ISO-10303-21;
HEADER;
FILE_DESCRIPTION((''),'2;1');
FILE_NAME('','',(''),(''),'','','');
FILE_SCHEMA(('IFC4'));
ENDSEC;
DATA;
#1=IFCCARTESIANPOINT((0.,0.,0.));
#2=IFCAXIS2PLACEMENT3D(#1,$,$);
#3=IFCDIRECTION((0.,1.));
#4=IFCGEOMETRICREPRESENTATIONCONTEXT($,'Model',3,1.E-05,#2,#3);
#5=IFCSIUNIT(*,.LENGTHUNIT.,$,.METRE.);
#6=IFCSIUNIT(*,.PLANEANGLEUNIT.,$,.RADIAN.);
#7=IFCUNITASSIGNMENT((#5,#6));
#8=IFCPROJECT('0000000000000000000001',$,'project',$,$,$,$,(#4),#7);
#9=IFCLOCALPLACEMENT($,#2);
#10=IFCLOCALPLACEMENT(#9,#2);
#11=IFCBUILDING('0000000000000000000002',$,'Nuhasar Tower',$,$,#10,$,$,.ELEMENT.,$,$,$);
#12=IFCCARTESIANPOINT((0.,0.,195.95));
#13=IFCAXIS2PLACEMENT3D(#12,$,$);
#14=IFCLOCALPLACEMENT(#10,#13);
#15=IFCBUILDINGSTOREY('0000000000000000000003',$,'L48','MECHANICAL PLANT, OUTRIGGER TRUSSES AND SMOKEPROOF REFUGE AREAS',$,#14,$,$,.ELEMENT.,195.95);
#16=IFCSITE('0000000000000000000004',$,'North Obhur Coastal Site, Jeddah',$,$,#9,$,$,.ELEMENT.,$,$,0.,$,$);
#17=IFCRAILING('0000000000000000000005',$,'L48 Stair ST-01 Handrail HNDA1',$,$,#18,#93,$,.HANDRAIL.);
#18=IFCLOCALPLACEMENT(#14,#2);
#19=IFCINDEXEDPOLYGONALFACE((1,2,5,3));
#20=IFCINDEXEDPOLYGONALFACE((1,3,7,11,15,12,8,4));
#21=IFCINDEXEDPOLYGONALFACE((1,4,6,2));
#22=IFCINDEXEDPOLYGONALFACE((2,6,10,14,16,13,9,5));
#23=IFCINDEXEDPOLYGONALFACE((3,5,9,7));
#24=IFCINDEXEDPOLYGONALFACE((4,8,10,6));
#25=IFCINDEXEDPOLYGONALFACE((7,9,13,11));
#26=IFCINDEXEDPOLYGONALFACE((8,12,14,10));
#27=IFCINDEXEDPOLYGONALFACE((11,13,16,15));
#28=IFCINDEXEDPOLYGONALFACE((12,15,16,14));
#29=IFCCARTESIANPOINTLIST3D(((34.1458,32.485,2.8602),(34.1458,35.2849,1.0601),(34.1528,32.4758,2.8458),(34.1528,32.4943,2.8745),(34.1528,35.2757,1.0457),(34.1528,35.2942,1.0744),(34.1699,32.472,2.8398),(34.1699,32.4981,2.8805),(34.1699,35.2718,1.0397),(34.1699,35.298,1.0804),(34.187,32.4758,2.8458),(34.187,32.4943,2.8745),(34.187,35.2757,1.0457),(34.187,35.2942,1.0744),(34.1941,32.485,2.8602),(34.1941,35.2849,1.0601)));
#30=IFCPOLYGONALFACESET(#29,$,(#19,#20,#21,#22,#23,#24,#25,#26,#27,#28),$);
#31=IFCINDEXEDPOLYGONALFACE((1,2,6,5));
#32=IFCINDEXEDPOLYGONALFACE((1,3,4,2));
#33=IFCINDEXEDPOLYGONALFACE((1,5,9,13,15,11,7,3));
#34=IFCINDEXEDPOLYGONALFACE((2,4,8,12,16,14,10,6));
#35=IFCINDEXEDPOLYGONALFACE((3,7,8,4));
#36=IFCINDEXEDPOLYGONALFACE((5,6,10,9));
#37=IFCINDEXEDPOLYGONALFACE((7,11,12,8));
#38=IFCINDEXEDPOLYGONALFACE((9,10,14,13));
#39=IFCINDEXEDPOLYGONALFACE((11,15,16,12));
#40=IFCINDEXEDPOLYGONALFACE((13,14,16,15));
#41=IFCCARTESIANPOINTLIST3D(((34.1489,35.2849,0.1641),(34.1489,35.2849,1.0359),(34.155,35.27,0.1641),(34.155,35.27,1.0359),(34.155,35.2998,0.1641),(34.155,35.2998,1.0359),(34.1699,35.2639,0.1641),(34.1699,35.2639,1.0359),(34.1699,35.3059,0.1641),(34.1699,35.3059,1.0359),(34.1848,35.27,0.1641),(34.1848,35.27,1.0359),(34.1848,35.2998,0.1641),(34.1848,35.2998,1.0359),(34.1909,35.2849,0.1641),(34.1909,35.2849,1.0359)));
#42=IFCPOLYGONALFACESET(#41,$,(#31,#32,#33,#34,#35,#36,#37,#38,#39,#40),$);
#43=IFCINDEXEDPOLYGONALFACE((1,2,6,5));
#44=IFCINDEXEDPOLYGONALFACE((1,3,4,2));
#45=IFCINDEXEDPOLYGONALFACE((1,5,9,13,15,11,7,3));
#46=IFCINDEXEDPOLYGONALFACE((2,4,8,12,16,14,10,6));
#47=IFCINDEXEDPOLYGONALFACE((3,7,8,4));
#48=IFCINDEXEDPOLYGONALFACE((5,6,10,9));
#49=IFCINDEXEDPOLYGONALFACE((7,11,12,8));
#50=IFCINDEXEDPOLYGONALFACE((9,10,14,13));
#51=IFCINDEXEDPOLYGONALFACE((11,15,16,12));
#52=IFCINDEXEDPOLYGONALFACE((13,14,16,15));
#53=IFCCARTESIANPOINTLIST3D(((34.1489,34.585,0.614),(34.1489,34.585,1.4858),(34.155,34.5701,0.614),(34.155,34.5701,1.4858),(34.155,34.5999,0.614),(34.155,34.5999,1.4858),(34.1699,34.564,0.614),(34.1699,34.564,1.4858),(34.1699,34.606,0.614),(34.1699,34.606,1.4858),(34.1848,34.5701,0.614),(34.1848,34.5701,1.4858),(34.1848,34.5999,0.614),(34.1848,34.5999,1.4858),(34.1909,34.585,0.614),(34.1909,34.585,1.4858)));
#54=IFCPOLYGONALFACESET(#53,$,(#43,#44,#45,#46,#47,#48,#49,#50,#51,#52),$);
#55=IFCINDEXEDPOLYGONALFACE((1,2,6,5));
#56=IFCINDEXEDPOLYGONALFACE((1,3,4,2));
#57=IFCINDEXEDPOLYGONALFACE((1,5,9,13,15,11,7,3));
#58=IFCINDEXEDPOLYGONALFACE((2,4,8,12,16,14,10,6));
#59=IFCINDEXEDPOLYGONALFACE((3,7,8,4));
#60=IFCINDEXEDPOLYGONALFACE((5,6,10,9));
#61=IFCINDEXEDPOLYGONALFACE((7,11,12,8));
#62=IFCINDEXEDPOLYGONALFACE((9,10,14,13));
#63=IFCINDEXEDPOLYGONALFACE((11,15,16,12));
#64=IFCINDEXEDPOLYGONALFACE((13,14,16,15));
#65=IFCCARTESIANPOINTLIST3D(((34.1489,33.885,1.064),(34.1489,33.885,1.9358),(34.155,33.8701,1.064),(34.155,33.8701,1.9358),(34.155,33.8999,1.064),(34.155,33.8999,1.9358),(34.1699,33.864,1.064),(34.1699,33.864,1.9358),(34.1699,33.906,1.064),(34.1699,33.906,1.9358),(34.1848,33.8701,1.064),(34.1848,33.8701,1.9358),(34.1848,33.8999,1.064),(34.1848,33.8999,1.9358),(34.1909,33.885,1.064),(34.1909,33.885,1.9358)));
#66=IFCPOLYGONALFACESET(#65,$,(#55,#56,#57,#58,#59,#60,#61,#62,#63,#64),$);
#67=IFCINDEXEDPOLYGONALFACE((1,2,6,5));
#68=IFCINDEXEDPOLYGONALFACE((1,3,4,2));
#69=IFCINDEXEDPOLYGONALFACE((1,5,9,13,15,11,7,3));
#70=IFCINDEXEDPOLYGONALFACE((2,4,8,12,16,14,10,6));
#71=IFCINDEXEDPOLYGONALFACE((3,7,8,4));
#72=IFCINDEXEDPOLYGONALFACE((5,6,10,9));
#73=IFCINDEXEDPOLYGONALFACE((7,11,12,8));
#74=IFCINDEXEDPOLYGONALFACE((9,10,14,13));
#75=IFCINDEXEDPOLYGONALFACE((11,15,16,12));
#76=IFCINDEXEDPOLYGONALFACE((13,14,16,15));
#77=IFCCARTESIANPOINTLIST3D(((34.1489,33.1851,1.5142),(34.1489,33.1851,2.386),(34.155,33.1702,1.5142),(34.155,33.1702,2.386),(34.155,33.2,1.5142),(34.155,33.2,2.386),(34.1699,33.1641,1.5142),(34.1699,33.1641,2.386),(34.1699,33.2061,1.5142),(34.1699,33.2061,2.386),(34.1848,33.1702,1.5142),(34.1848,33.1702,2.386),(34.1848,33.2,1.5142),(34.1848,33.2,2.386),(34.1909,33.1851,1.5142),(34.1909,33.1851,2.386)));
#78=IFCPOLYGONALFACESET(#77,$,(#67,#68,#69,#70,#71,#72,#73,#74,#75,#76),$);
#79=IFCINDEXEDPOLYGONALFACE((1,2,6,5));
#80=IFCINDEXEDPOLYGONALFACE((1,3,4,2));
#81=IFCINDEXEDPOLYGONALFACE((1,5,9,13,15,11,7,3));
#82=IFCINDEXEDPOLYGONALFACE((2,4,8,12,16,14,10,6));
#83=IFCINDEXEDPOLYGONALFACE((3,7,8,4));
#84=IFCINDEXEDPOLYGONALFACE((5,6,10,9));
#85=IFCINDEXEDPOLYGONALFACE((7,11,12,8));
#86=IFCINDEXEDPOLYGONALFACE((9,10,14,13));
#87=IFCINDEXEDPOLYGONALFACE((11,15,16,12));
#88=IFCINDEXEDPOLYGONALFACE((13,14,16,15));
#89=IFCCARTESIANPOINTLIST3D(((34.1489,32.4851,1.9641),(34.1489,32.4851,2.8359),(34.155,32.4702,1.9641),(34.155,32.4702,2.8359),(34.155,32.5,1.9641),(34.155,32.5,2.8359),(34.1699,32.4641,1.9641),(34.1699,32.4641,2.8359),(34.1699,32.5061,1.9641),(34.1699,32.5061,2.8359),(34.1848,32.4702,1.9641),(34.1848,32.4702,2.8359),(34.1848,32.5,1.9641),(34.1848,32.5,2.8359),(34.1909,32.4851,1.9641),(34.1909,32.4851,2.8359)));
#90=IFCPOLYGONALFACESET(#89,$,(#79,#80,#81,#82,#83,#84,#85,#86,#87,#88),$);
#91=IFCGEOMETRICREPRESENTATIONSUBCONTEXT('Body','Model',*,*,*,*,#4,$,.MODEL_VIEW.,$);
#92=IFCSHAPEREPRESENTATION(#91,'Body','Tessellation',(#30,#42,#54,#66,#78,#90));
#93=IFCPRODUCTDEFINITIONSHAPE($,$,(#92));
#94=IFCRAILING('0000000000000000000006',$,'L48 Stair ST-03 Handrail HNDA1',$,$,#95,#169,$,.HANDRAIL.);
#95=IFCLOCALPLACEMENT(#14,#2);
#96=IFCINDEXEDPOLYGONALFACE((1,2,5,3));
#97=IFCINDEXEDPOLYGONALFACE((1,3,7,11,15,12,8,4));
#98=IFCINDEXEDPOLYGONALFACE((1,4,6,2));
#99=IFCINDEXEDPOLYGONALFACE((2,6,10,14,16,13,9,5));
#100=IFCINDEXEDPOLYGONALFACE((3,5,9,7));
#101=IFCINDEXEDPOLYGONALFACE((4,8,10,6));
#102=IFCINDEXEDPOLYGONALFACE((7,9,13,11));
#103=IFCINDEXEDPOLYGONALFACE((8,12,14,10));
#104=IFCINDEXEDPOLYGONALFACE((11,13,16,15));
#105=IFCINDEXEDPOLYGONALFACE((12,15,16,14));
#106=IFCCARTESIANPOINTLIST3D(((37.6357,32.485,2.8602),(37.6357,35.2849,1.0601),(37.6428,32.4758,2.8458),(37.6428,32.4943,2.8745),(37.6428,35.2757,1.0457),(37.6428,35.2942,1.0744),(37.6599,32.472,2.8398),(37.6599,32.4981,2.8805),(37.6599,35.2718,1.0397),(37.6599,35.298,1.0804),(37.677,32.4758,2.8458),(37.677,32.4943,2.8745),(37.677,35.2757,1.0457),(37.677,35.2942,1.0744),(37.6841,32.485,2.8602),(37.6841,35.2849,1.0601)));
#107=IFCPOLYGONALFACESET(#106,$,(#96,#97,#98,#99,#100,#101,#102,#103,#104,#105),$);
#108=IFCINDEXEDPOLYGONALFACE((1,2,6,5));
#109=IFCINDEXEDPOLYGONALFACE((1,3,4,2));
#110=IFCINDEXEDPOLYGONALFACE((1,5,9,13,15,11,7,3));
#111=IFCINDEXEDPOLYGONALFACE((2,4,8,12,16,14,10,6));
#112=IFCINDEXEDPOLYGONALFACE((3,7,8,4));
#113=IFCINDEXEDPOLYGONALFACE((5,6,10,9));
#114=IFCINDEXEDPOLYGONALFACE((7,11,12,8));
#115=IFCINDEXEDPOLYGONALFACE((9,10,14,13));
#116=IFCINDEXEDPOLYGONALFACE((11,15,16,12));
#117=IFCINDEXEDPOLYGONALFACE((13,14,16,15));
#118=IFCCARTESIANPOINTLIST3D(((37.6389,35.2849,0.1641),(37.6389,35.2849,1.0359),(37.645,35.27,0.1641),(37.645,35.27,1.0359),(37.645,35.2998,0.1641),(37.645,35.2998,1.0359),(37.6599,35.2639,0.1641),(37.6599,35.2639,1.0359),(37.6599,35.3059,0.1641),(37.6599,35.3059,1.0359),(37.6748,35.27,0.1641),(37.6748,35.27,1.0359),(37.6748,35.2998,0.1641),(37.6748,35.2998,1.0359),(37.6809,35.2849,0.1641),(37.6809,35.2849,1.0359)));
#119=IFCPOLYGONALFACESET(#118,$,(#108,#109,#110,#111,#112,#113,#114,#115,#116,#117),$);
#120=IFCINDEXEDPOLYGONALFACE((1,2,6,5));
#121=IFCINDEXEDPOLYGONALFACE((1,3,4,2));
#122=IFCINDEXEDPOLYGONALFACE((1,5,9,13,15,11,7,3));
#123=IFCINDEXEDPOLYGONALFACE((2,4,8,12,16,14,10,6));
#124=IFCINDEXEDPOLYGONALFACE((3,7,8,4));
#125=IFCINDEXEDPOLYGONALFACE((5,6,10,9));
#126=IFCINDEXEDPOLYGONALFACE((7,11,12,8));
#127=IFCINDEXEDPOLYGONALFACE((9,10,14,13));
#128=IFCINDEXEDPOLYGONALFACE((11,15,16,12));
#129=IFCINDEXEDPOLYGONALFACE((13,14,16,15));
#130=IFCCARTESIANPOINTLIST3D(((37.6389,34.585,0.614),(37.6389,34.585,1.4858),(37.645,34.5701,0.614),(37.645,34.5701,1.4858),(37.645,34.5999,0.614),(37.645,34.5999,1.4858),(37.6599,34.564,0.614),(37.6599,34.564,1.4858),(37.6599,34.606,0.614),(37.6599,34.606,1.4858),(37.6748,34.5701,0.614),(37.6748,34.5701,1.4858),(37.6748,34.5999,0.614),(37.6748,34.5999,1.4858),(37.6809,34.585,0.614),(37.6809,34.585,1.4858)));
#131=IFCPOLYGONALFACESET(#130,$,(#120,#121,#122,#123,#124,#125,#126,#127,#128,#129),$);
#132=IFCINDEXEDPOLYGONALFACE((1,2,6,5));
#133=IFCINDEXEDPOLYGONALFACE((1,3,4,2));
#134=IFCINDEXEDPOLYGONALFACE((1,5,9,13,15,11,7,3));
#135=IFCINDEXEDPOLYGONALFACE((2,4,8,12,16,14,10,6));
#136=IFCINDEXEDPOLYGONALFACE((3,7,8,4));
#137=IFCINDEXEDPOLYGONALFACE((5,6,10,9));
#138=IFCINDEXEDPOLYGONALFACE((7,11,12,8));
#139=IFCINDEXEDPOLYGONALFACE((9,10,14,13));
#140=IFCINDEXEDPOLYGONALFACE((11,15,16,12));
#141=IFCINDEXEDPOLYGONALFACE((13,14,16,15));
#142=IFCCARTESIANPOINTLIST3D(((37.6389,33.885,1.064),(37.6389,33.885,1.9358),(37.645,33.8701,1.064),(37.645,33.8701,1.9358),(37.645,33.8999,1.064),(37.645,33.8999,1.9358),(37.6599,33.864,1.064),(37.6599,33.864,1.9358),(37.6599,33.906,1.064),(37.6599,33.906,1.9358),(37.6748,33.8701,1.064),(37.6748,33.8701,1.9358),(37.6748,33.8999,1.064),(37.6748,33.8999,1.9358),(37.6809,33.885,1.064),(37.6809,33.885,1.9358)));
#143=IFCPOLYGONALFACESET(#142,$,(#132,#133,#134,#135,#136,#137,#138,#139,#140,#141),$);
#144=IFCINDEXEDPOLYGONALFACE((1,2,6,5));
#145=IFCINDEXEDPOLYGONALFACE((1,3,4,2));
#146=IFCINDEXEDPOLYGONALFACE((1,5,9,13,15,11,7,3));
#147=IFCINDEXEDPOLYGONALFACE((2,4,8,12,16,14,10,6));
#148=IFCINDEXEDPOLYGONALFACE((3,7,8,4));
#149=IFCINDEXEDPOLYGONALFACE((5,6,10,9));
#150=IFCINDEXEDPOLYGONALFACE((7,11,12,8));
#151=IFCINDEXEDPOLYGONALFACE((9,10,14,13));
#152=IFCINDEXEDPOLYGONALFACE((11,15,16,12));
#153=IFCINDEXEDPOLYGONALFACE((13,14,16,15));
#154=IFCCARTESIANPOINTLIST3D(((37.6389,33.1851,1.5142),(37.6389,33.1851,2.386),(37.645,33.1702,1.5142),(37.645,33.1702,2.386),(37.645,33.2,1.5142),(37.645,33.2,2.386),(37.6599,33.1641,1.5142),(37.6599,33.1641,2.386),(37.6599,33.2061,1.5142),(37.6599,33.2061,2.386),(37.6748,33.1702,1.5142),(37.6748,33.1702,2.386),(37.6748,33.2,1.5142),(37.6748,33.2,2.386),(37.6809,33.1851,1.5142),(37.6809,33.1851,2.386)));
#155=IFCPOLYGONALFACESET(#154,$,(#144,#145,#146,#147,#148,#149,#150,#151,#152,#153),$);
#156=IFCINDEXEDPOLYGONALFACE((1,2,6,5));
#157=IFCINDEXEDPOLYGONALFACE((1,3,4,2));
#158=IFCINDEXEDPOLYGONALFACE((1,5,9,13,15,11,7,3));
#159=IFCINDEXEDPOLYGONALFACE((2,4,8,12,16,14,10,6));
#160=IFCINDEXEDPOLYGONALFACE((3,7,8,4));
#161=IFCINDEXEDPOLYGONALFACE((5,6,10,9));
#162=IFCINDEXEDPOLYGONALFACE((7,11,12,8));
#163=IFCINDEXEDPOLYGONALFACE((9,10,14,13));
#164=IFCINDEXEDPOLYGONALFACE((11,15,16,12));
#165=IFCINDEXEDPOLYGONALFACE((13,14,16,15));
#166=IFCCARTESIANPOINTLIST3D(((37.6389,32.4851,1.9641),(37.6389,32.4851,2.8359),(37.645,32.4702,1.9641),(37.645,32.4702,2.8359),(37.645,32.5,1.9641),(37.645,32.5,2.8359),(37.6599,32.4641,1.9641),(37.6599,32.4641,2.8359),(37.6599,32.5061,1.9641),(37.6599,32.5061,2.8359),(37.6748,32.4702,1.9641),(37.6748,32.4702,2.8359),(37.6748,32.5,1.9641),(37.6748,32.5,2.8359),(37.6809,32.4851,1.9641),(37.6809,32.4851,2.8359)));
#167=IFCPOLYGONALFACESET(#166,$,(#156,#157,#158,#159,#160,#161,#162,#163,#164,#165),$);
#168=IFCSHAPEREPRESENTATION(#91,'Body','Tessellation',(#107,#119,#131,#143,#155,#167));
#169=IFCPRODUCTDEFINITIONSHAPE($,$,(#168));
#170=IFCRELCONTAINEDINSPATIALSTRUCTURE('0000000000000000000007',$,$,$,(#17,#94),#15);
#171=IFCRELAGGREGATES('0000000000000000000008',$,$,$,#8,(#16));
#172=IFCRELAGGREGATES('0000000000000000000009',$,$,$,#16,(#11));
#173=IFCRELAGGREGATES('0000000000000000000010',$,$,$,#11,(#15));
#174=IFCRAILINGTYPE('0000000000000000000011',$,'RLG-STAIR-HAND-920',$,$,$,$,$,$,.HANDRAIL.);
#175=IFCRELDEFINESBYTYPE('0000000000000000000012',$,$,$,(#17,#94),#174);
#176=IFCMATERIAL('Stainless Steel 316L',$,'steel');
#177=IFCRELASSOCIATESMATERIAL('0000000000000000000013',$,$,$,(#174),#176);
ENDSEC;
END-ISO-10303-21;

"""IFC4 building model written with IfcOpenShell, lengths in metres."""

from ifc_helpers import new_model, si_unit, direction, frame, origin, place, context, subcontext, project, spatial, polyline, outline, extrude, material, type_object, element, save


model = new_model("IFC4")

# Units and contexts
model_context = context("Model", 3, precision=1e-05, world=origin(), true_north=direction((0.0, 1.0)))
body_context = subcontext(model_context, "Body", "Model", "MODEL_VIEW")
ifc_project = project(units=[si_unit("LENGTHUNIT", "METRE"), si_unit("PLANEANGLEUNIT", "RADIAN")], contexts=[model_context])

# Site, building, storey
site_placement = place(None, origin())
site = spatial("IfcSite", under=ifc_project, at=site_placement, Name="North Obhur Coastal Site, Jeddah", CompositionType="ELEMENT", RefElevation=0.0)
building_placement = place(site_placement, origin())
building = spatial("IfcBuilding", under=site, at=building_placement, Name="Nuhasar Tower", CompositionType="ELEMENT")
storey_placement = place(building_placement, frame((0.0, 0.0, 195.95)))
storey = spatial("IfcBuildingStorey", under=building, at=storey_placement, Name="L48", Description="MECHANICAL PLANT, OUTRIGGER TRUSSES AND SMOKEPROOF REFUGE AREAS", CompositionType="ELEMENT", Elevation=195.95)

# Railings
ifc_material_1 = material(Name="Stainless Steel 316L", Category="steel")
railing_type_1 = type_object("IfcRailingType", Name="RLG-STAIR-HAND-920", PredefinedType="HANDRAIL", material=ifc_material_1)
railing_1_placement = place(storey_placement, frame((34.1699, 35.2849, 0.1641)))
element("IfcRailing", 1, at=railing_1_placement, inside=storey, type_object=railing_type_1, Name="L48 Stair ST-01 Handrail HNDA1", PredefinedType="HANDRAIL", context=body_context, shape_type="SweptSolid", body=[
    extrude(outline(polyline([(0.0242, 0.0), (0.0171, 0.0171), (0.0, 0.0242), (-0.0171, 0.0171), (-0.0242, 0.0), (-0.0171, -0.0171), (0.0, -0.0242), (0.0171, -0.0171), (0.0242, 0.0)])), frame((0.0, 0.0, 0.896), z_axis=(0.0, -0.841155, 0.540795), x_axis=(1.0, 0.0, 0.0)), (0.0, 0.0, 1.0), 3.3286),
    extrude(outline(polyline([(0.021, 0.0), (0.0149, 0.0149), (0.0, 0.021), (-0.0149, 0.0149), (-0.021, 0.0), (-0.0149, -0.0149), (0.0, -0.021), (0.0149, -0.0149), (0.021, 0.0)])), origin(), (0.0, 0.0, 1.0), 0.8718),
    extrude(outline(polyline([(0.021, 0.0), (0.0149, 0.0149), (0.0, 0.021), (-0.0149, 0.0149), (-0.021, 0.0), (-0.0149, -0.0149), (0.0, -0.021), (0.0149, -0.0149), (0.021, 0.0)])), frame((0.0, -0.7, 0.45)), (0.0, 0.0, 1.0), 0.8718),
    extrude(outline(polyline([(0.021, 0.0), (0.0149, 0.0149), (0.0, 0.021), (-0.0149, 0.0149), (-0.021, 0.0), (-0.0149, -0.0149), (0.0, -0.021), (0.0149, -0.0149), (0.021, 0.0)])), frame((0.0, -1.3999, 0.8999)), (0.0, 0.0, 1.0), 0.8718),
    extrude(outline(polyline([(0.021, 0.0), (0.0149, 0.0149), (0.0, 0.021), (-0.0149, 0.0149), (-0.021, 0.0), (-0.0149, -0.0149), (0.0, -0.021), (0.0149, -0.0149), (0.021, 0.0)])), frame((0.0, -2.0999, 1.3501)), (0.0, 0.0, 1.0), 0.8718),
    extrude(outline(polyline([(0.021, 0.0), (0.0149, 0.0149), (0.0, 0.021), (-0.0149, 0.0149), (-0.021, 0.0), (-0.0149, -0.0149), (0.0, -0.021), (0.0149, -0.0149), (0.021, 0.0)])), frame((0.0, -2.7998, 1.8)), (0.0, 0.0, 1.0), 0.8718),
])
railing_2_placement = place(storey_placement, frame((37.6599, 35.2849, 0.1641)))
element("IfcRailing", 2, at=railing_2_placement, inside=storey, type_object=railing_type_1, Name="L48 Stair ST-03 Handrail HNDA1", PredefinedType="HANDRAIL", context=body_context, shape_type="SweptSolid", body=[
    extrude(outline(polyline([(0.0242, 0.0), (0.0171, 0.0171), (0.0, 0.0242), (-0.0171, 0.0171), (-0.0242, 0.0), (-0.0171, -0.0171), (0.0, -0.0242), (0.0171, -0.0171), (0.0242, 0.0)])), frame((0.0, 0.0, 0.896), z_axis=(0.0, -0.841155, 0.540795), x_axis=(1.0, 0.0, 0.0)), (0.0, 0.0, 1.0), 3.3286),
    extrude(outline(polyline([(0.021, 0.0), (0.0149, 0.0149), (0.0, 0.021), (-0.0149, 0.0149), (-0.021, 0.0), (-0.0149, -0.0149), (0.0, -0.021), (0.0149, -0.0149), (0.021, 0.0)])), origin(), (0.0, 0.0, 1.0), 0.8718),
    extrude(outline(polyline([(0.021, 0.0), (0.0149, 0.0149), (0.0, 0.021), (-0.0149, 0.0149), (-0.021, 0.0), (-0.0149, -0.0149), (0.0, -0.021), (0.0149, -0.0149), (0.021, 0.0)])), frame((0.0, -0.7, 0.45)), (0.0, 0.0, 1.0), 0.8718),
    extrude(outline(polyline([(0.021, 0.0), (0.0149, 0.0149), (0.0, 0.021), (-0.0149, 0.0149), (-0.021, 0.0), (-0.0149, -0.0149), (0.0, -0.021), (0.0149, -0.0149), (0.021, 0.0)])), frame((0.0, -1.3999, 0.8999)), (0.0, 0.0, 1.0), 0.8718),
    extrude(outline(polyline([(0.021, 0.0), (0.0149, 0.0149), (0.0, 0.021), (-0.0149, 0.0149), (-0.021, 0.0), (-0.0149, -0.0149), (0.0, -0.021), (0.0149, -0.0149), (0.021, 0.0)])), frame((0.0, -2.0999, 1.3501)), (0.0, 0.0, 1.0), 0.8718),
    extrude(outline(polyline([(0.021, 0.0), (0.0149, 0.0149), (0.0, 0.021), (-0.0149, 0.0149), (-0.021, 0.0), (-0.0149, -0.0149), (0.0, -0.021), (0.0149, -0.0149), (0.021, 0.0)])), frame((0.0, -2.7998, 1.8)), (0.0, 0.0, 1.0), 0.8718),
])

save(model, "model.ifc")
